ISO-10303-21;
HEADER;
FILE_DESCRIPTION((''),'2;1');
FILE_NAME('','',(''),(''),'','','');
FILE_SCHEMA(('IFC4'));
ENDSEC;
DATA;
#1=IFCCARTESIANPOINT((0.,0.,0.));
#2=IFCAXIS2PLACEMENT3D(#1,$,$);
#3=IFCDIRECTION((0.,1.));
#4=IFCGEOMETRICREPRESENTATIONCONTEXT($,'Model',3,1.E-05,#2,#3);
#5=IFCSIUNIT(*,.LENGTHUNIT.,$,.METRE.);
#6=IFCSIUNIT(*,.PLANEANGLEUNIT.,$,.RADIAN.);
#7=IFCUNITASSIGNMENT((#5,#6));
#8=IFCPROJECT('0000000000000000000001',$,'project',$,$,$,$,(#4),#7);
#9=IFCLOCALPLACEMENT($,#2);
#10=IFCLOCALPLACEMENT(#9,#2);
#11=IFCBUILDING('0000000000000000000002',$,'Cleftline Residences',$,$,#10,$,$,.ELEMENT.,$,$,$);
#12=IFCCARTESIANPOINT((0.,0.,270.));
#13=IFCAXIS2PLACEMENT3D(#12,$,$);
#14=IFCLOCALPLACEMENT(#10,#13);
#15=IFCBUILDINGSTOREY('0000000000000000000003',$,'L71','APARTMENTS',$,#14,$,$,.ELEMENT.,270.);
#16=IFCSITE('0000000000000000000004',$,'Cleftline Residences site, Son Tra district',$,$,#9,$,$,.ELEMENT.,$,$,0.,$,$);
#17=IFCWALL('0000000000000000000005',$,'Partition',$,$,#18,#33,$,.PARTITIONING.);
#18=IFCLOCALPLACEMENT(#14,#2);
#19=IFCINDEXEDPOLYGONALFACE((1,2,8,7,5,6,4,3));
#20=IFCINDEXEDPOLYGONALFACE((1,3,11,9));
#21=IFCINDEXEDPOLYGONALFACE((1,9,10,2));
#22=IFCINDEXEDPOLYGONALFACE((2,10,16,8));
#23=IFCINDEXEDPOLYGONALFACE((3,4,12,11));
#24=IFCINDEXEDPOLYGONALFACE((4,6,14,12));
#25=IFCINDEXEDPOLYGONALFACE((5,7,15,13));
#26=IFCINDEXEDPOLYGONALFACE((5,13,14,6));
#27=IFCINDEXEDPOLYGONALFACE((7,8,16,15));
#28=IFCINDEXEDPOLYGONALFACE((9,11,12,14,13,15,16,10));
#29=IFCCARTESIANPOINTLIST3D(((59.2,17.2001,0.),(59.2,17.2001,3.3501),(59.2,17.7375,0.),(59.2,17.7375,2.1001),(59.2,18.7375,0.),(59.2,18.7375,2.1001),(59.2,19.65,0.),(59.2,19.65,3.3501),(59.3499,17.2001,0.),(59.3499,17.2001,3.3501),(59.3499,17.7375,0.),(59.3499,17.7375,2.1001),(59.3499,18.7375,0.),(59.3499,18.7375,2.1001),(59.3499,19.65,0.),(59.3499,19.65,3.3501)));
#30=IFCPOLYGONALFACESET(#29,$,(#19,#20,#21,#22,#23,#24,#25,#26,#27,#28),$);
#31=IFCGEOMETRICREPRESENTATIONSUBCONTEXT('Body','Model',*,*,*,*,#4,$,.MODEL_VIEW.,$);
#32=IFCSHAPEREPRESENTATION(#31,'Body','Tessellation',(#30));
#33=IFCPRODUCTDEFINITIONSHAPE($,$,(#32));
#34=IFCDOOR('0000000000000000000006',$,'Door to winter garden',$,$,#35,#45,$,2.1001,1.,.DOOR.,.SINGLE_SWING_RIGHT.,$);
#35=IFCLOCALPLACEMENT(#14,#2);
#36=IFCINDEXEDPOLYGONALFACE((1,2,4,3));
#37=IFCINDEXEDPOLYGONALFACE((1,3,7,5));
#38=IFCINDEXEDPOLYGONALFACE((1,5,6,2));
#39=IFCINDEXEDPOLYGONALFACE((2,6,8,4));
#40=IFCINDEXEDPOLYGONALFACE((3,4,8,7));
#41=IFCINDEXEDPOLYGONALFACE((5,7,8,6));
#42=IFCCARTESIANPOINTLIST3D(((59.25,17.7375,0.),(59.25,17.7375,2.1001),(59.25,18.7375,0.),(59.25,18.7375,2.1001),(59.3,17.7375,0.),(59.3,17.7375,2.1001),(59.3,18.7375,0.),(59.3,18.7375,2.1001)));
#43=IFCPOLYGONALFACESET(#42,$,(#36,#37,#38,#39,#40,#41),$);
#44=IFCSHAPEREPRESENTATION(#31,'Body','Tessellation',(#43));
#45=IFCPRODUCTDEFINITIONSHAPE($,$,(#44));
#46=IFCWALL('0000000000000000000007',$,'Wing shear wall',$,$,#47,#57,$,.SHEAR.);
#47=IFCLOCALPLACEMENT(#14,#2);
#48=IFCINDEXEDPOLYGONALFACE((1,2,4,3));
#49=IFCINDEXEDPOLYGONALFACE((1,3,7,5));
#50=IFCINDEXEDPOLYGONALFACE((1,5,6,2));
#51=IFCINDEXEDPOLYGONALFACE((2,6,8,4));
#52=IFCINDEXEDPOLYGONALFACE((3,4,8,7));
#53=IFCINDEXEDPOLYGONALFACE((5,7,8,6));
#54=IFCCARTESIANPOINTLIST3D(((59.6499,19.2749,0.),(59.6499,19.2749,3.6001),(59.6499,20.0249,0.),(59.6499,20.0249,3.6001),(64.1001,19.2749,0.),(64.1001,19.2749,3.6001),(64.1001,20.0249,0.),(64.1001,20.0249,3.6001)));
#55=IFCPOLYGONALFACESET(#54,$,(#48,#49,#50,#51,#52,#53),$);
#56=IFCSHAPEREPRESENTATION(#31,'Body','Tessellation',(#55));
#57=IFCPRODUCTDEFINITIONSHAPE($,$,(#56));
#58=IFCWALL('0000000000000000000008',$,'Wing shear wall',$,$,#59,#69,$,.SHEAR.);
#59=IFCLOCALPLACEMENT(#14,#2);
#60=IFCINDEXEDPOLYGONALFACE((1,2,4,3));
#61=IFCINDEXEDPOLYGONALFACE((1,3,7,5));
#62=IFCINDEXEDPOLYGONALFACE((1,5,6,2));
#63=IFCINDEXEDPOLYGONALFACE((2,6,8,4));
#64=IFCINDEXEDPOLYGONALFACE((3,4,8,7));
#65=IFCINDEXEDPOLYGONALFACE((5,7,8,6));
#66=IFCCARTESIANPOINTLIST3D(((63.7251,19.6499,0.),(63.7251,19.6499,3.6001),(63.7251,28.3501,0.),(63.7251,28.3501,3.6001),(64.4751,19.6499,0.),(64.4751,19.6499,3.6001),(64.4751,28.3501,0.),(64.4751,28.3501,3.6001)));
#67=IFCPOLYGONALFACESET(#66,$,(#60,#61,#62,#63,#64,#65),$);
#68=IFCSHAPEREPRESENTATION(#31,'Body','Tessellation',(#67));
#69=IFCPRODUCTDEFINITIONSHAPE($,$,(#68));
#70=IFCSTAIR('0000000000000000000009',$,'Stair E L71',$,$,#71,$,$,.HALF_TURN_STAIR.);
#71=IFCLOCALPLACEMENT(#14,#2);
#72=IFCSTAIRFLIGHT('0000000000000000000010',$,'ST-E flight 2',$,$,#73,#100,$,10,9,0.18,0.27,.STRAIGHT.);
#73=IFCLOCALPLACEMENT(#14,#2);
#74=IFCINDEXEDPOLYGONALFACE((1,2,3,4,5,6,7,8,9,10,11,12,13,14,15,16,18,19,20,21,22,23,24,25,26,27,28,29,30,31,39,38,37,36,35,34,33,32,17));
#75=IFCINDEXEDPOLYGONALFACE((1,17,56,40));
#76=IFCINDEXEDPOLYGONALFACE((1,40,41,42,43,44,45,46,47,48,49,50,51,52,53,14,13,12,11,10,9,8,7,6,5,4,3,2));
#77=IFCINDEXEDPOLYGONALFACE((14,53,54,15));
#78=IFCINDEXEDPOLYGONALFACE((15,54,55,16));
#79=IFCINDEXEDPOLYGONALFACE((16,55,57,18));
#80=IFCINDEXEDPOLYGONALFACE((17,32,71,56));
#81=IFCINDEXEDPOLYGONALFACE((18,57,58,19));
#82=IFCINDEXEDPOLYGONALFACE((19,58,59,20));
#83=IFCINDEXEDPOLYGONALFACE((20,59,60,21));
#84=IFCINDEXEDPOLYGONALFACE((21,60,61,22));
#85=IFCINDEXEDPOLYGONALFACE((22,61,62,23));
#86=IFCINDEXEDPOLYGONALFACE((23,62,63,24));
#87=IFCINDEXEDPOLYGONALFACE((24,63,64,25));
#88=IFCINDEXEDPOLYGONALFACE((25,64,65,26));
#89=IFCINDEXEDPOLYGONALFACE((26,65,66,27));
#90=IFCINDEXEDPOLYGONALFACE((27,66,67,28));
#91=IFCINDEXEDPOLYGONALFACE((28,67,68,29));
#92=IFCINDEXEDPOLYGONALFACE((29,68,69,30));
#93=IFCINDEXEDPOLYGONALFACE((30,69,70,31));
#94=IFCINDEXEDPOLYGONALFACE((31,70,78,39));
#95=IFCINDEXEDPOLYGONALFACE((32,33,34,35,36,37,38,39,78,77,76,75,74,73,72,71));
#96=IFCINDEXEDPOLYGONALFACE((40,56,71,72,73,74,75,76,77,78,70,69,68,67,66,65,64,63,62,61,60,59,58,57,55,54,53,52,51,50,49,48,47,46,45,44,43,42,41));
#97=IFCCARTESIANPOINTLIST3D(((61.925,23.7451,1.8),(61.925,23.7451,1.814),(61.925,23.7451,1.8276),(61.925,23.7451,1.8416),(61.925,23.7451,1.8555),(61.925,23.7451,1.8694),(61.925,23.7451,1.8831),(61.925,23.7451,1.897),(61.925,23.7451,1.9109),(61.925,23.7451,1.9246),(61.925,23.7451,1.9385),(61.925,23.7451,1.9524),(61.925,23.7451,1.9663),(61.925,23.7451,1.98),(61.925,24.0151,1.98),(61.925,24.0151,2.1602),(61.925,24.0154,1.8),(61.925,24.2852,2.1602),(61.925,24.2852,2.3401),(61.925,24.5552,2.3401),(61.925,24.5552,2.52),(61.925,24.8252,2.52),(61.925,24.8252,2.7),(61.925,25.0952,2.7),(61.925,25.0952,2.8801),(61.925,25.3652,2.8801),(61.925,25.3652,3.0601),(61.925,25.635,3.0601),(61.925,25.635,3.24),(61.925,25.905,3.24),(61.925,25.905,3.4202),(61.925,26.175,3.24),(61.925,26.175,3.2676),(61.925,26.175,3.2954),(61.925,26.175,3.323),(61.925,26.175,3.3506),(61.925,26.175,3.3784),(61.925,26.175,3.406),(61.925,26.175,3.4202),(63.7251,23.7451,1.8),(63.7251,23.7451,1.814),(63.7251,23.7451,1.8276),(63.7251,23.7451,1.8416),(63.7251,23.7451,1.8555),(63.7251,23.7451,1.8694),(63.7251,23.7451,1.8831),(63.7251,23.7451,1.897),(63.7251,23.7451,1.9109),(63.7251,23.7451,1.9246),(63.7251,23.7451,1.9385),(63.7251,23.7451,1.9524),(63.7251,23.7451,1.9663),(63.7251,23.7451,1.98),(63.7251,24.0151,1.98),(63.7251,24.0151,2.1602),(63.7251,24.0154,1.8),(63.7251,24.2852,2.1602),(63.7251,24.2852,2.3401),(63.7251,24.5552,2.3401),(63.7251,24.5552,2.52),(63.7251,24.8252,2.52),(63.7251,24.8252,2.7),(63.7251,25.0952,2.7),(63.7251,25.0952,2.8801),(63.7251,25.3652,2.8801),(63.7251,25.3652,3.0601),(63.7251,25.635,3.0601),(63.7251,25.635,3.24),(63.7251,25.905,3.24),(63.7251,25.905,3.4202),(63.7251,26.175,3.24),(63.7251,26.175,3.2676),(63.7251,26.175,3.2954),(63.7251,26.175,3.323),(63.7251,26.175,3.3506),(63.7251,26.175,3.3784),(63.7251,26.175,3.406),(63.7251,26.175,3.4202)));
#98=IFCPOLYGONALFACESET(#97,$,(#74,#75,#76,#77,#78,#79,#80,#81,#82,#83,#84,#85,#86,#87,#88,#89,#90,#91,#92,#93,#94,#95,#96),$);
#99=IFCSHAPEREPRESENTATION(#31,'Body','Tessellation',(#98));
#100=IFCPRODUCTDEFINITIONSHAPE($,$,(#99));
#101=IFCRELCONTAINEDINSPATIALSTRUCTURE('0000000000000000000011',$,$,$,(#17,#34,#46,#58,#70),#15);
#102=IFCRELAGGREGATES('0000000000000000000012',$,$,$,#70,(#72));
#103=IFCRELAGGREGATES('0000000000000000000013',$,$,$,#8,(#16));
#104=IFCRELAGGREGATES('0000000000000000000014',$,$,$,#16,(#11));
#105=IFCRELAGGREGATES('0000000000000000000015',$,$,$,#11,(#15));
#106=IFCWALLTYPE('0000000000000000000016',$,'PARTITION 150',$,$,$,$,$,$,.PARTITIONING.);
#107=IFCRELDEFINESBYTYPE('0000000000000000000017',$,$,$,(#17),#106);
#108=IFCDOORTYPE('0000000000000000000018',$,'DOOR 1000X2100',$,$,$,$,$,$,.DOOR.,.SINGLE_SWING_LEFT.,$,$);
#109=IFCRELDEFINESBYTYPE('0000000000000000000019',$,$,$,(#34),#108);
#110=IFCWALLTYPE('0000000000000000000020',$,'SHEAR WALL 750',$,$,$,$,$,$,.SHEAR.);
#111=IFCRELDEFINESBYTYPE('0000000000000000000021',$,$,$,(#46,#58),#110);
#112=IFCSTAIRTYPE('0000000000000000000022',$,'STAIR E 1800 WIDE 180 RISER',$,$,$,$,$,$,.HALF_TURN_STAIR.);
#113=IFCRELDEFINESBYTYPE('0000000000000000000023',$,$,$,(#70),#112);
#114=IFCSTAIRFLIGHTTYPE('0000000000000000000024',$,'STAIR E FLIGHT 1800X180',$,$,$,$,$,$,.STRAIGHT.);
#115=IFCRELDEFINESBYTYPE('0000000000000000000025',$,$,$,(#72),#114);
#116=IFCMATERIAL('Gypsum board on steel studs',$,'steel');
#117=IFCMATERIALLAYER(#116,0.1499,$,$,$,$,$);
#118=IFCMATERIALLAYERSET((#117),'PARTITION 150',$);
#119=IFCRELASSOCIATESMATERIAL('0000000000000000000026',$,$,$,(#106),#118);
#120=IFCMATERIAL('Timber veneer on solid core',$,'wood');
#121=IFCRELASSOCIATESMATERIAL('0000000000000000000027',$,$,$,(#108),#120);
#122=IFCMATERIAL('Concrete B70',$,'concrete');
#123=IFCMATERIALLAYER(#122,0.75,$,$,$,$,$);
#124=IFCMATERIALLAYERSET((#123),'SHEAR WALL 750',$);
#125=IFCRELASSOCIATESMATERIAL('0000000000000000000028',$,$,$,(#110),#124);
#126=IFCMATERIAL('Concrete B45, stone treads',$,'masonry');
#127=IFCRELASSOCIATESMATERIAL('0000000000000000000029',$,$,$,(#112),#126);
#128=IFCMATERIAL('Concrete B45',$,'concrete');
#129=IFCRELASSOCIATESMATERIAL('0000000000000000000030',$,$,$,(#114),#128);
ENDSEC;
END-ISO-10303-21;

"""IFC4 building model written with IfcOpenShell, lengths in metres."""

from ifc_helpers import new_model, si_unit, direction, frame, frame_2d, origin, place, context, subcontext, project, spatial, polyline, rectangle, outline, extrude, material, layer, layer_set, type_object, element, fill, aggregate, save


model = new_model("IFC4")

# Units and contexts
model_context = context("Model", 3, precision=1e-05, world=origin(), true_north=direction((0.0, 1.0)))
body_context = subcontext(model_context, "Body", "Model", "MODEL_VIEW")
ifc_project = project(units=[si_unit("LENGTHUNIT", "METRE"), si_unit("PLANEANGLEUNIT", "RADIAN")], contexts=[model_context])

# Site, building, storey
site_placement = place(None, origin())
site = spatial("IfcSite", under=ifc_project, at=site_placement, Name="Cleftline Residences site, Son Tra district", CompositionType="ELEMENT", RefElevation=0.0)
building_placement = place(site_placement, origin())
building = spatial("IfcBuilding", under=site, at=building_placement, Name="Cleftline Residences", CompositionType="ELEMENT")
storey_placement = place(building_placement, frame((0.0, 0.0, 270.0)))
storey = spatial("IfcBuildingStorey", under=building, at=storey_placement, Name="L71", Description="APARTMENTS", CompositionType="ELEMENT", Elevation=270.0)

# Shared definitions
ifc_material_1 = material(Name="Gypsum board on steel studs", Category="steel")
ifc_layer_1 = layer(ifc_material_1, 0.1499)
ifc_layer_set_1 = layer_set([ifc_layer_1], Name="PARTITION 150")
wall_type_1 = type_object("IfcWallType", Name="PARTITION 150", PredefinedType="PARTITIONING", material=ifc_layer_set_1)
ifc_material_2 = material(Name="Timber veneer on solid core", Category="wood")
door_type = type_object("IfcDoorType", Name="DOOR 1000X2100", OperationType="SINGLE_SWING_LEFT", PredefinedType="DOOR", material=ifc_material_2)

# Wall, opening, door
wall_1_placement = place(storey_placement, frame((59.2749, 17.2, 0.0), z_axis=(0.0, 0.0, 1.0), x_axis=(0.0, 1.0, 0.0)))
wall_1 = element("IfcWall", 1, at=wall_1_placement, inside=storey, type_object=wall_type_1, Name="Partition", PredefinedType="PARTITIONING", context=body_context, shape_type="SweptSolid", body=[
    extrude(rectangle(XDim=2.45, YDim=0.1499, at=frame_2d((1.2251, 0.0))), origin(), (0.0, 0.0, 1.0), 3.3501),
])
opening_1_placement = place(wall_1_placement, frame((0.5376, 0.0, 0.0)))
opening_1 = element("IfcOpeningElement", 2, at=opening_1_placement, cuts=wall_1, PredefinedType="OPENING", context=body_context, shape_type="SweptSolid", body=[
    extrude(rectangle(XDim=1.0, YDim=2.1001, at=frame_2d((0.5, 1.05))), frame((0.0, 0.085, 0.0), z_axis=(0.0, -1.0, 0.0), x_axis=(1.0, 0.0, 0.0)), (0.0, 0.0, 1.0), 0.1699),
])
door_1_placement = place(opening_1_placement, origin())
door_1 = element("IfcDoor", 3, at=door_1_placement, inside=storey, type_object=door_type, Name="Door to winter garden", OperationType="SINGLE_SWING_RIGHT", OverallHeight=2.1001, OverallWidth=1.0, PredefinedType="DOOR", context=body_context, shape_type="SweptSolid", body=[
    extrude(rectangle(XDim=1.0, YDim=2.1001, at=frame_2d((0.5, 1.05))), frame((0.0, 0.0249, 0.0), z_axis=(0.0, -1.0, 0.0), x_axis=(1.0, 0.0, 0.0)), (0.0, 0.0, 1.0), 0.05),
])
fill(opening_1, door_1)

# Walls
ifc_material_3 = material(Name="Concrete B70", Category="concrete")
ifc_layer_2 = layer(ifc_material_3, 0.75)
ifc_layer_set_2 = layer_set([ifc_layer_2], Name="SHEAR WALL 750")
wall_type_2 = type_object("IfcWallType", Name="SHEAR WALL 750", PredefinedType="SHEAR", material=ifc_layer_set_2)
wall_2_placement = place(storey_placement, frame((59.6499, 19.6499, 0.0), z_axis=(0.0, 0.0, 1.0), x_axis=(1.0, 0.0, 0.0)))
element("IfcWall", 4, at=wall_2_placement, inside=storey, type_object=wall_type_2, Name="Wing shear wall", PredefinedType="SHEAR", context=body_context, shape_type="SweptSolid", body=[
    extrude(rectangle(XDim=4.4502, YDim=0.75, at=frame_2d((2.2251, 0.0))), origin(), (0.0, 0.0, 1.0), 3.6001),
])
wall_3_placement = place(storey_placement, frame((64.1001, 19.6499, 0.0), z_axis=(0.0, 0.0, 1.0), x_axis=(0.0, 1.0, 0.0)))
element("IfcWall", 5, at=wall_3_placement, inside=storey, type_object=wall_type_2, Name="Wing shear wall", PredefinedType="SHEAR", context=body_context, shape_type="SweptSolid", body=[
    extrude(rectangle(XDim=8.7002, YDim=0.75, at=frame_2d((4.3501, 0.0))), origin(), (0.0, 0.0, 1.0), 3.6001),
])

# Stair, stair flight
ifc_material_4 = material(Name="Concrete B45, stone treads", Category="masonry")
stair_type = type_object("IfcStairType", Name="STAIR E 1800 WIDE 180 RISER", PredefinedType="HALF_TURN_STAIR", material=ifc_material_4)
stair_placement = place(storey_placement, origin())
stair = element("IfcStair", 6, at=stair_placement, inside=storey, type_object=stair_type, Name="Stair E L71", PredefinedType="HALF_TURN_STAIR")
ifc_material_5 = material(Name="Concrete B45", Category="concrete")
stair_flight_type = type_object("IfcStairFlightType", Name="STAIR E FLIGHT 1800X180", PredefinedType="STRAIGHT", material=ifc_material_5)
stair_flight_placement = place(storey_placement, frame((62.825, 23.7451, 1.8), z_axis=(0.0, 0.0, 1.0), x_axis=(0.0, 1.0, 0.0)))
stair_flight = element("IfcStairFlight", 7, at=stair_flight_placement, type_object=stair_flight_type, Name="ST-E flight 2", NumberOfRisers=10, NumberOfTreads=9, PredefinedType="STRAIGHT", RiserHeight=0.18, TreadLength=0.27, context=body_context, shape_type="SweptSolid", body=[
    extrude(outline(polyline([(0.0, 0.0), (0.0, 0.0139), (0.0, 0.0276), (0.0, 0.0415), (0.0, 0.0554), (0.0, 0.0693), (0.0, 0.083), (0.0, 0.0969), (0.0, 0.1108), (0.0, 0.1245), (0.0, 0.1384), (0.0, 0.1523), (0.0, 0.1663), (0.0, 0.1799), (0.27, 0.1799), (0.27, 0.3601), (0.54, 0.3601), (0.54, 0.54), (0.8101, 0.54), (0.8101, 0.72), (1.0801, 0.72), (1.0801, 0.8999), (1.3501, 0.8999), (1.3501, 1.0801), (1.6201, 1.0801), (1.6201, 1.26), (1.8899, 1.26), (1.8899, 1.4399), (2.1599, 1.4399), (2.1599, 1.6201), (2.4299, 1.6201), (2.4299, 1.8), (2.4299, 1.7722), (2.4299, 1.7446), (2.4299, 1.7168), (2.4299, 1.6892), (2.4299, 1.6614), (2.4299, 1.6338), (2.4299, 1.606), (2.4299, 1.5784), (2.4299, 1.5505), (2.4299, 1.5229), (2.4299, 1.4954), (2.4299, 1.4675), (2.4299, 1.4399), (0.2703, 0.0), (0.0, 0.0)])), frame((0.0, 0.8999, 0.0), z_axis=(0.0, -1.0, 0.0), x_axis=(1.0, 0.0, 0.0)), (0.0, 0.0, 1.0), 1.8),
])
aggregate(stair, [stair_flight])

save(model, "model.ifc")
